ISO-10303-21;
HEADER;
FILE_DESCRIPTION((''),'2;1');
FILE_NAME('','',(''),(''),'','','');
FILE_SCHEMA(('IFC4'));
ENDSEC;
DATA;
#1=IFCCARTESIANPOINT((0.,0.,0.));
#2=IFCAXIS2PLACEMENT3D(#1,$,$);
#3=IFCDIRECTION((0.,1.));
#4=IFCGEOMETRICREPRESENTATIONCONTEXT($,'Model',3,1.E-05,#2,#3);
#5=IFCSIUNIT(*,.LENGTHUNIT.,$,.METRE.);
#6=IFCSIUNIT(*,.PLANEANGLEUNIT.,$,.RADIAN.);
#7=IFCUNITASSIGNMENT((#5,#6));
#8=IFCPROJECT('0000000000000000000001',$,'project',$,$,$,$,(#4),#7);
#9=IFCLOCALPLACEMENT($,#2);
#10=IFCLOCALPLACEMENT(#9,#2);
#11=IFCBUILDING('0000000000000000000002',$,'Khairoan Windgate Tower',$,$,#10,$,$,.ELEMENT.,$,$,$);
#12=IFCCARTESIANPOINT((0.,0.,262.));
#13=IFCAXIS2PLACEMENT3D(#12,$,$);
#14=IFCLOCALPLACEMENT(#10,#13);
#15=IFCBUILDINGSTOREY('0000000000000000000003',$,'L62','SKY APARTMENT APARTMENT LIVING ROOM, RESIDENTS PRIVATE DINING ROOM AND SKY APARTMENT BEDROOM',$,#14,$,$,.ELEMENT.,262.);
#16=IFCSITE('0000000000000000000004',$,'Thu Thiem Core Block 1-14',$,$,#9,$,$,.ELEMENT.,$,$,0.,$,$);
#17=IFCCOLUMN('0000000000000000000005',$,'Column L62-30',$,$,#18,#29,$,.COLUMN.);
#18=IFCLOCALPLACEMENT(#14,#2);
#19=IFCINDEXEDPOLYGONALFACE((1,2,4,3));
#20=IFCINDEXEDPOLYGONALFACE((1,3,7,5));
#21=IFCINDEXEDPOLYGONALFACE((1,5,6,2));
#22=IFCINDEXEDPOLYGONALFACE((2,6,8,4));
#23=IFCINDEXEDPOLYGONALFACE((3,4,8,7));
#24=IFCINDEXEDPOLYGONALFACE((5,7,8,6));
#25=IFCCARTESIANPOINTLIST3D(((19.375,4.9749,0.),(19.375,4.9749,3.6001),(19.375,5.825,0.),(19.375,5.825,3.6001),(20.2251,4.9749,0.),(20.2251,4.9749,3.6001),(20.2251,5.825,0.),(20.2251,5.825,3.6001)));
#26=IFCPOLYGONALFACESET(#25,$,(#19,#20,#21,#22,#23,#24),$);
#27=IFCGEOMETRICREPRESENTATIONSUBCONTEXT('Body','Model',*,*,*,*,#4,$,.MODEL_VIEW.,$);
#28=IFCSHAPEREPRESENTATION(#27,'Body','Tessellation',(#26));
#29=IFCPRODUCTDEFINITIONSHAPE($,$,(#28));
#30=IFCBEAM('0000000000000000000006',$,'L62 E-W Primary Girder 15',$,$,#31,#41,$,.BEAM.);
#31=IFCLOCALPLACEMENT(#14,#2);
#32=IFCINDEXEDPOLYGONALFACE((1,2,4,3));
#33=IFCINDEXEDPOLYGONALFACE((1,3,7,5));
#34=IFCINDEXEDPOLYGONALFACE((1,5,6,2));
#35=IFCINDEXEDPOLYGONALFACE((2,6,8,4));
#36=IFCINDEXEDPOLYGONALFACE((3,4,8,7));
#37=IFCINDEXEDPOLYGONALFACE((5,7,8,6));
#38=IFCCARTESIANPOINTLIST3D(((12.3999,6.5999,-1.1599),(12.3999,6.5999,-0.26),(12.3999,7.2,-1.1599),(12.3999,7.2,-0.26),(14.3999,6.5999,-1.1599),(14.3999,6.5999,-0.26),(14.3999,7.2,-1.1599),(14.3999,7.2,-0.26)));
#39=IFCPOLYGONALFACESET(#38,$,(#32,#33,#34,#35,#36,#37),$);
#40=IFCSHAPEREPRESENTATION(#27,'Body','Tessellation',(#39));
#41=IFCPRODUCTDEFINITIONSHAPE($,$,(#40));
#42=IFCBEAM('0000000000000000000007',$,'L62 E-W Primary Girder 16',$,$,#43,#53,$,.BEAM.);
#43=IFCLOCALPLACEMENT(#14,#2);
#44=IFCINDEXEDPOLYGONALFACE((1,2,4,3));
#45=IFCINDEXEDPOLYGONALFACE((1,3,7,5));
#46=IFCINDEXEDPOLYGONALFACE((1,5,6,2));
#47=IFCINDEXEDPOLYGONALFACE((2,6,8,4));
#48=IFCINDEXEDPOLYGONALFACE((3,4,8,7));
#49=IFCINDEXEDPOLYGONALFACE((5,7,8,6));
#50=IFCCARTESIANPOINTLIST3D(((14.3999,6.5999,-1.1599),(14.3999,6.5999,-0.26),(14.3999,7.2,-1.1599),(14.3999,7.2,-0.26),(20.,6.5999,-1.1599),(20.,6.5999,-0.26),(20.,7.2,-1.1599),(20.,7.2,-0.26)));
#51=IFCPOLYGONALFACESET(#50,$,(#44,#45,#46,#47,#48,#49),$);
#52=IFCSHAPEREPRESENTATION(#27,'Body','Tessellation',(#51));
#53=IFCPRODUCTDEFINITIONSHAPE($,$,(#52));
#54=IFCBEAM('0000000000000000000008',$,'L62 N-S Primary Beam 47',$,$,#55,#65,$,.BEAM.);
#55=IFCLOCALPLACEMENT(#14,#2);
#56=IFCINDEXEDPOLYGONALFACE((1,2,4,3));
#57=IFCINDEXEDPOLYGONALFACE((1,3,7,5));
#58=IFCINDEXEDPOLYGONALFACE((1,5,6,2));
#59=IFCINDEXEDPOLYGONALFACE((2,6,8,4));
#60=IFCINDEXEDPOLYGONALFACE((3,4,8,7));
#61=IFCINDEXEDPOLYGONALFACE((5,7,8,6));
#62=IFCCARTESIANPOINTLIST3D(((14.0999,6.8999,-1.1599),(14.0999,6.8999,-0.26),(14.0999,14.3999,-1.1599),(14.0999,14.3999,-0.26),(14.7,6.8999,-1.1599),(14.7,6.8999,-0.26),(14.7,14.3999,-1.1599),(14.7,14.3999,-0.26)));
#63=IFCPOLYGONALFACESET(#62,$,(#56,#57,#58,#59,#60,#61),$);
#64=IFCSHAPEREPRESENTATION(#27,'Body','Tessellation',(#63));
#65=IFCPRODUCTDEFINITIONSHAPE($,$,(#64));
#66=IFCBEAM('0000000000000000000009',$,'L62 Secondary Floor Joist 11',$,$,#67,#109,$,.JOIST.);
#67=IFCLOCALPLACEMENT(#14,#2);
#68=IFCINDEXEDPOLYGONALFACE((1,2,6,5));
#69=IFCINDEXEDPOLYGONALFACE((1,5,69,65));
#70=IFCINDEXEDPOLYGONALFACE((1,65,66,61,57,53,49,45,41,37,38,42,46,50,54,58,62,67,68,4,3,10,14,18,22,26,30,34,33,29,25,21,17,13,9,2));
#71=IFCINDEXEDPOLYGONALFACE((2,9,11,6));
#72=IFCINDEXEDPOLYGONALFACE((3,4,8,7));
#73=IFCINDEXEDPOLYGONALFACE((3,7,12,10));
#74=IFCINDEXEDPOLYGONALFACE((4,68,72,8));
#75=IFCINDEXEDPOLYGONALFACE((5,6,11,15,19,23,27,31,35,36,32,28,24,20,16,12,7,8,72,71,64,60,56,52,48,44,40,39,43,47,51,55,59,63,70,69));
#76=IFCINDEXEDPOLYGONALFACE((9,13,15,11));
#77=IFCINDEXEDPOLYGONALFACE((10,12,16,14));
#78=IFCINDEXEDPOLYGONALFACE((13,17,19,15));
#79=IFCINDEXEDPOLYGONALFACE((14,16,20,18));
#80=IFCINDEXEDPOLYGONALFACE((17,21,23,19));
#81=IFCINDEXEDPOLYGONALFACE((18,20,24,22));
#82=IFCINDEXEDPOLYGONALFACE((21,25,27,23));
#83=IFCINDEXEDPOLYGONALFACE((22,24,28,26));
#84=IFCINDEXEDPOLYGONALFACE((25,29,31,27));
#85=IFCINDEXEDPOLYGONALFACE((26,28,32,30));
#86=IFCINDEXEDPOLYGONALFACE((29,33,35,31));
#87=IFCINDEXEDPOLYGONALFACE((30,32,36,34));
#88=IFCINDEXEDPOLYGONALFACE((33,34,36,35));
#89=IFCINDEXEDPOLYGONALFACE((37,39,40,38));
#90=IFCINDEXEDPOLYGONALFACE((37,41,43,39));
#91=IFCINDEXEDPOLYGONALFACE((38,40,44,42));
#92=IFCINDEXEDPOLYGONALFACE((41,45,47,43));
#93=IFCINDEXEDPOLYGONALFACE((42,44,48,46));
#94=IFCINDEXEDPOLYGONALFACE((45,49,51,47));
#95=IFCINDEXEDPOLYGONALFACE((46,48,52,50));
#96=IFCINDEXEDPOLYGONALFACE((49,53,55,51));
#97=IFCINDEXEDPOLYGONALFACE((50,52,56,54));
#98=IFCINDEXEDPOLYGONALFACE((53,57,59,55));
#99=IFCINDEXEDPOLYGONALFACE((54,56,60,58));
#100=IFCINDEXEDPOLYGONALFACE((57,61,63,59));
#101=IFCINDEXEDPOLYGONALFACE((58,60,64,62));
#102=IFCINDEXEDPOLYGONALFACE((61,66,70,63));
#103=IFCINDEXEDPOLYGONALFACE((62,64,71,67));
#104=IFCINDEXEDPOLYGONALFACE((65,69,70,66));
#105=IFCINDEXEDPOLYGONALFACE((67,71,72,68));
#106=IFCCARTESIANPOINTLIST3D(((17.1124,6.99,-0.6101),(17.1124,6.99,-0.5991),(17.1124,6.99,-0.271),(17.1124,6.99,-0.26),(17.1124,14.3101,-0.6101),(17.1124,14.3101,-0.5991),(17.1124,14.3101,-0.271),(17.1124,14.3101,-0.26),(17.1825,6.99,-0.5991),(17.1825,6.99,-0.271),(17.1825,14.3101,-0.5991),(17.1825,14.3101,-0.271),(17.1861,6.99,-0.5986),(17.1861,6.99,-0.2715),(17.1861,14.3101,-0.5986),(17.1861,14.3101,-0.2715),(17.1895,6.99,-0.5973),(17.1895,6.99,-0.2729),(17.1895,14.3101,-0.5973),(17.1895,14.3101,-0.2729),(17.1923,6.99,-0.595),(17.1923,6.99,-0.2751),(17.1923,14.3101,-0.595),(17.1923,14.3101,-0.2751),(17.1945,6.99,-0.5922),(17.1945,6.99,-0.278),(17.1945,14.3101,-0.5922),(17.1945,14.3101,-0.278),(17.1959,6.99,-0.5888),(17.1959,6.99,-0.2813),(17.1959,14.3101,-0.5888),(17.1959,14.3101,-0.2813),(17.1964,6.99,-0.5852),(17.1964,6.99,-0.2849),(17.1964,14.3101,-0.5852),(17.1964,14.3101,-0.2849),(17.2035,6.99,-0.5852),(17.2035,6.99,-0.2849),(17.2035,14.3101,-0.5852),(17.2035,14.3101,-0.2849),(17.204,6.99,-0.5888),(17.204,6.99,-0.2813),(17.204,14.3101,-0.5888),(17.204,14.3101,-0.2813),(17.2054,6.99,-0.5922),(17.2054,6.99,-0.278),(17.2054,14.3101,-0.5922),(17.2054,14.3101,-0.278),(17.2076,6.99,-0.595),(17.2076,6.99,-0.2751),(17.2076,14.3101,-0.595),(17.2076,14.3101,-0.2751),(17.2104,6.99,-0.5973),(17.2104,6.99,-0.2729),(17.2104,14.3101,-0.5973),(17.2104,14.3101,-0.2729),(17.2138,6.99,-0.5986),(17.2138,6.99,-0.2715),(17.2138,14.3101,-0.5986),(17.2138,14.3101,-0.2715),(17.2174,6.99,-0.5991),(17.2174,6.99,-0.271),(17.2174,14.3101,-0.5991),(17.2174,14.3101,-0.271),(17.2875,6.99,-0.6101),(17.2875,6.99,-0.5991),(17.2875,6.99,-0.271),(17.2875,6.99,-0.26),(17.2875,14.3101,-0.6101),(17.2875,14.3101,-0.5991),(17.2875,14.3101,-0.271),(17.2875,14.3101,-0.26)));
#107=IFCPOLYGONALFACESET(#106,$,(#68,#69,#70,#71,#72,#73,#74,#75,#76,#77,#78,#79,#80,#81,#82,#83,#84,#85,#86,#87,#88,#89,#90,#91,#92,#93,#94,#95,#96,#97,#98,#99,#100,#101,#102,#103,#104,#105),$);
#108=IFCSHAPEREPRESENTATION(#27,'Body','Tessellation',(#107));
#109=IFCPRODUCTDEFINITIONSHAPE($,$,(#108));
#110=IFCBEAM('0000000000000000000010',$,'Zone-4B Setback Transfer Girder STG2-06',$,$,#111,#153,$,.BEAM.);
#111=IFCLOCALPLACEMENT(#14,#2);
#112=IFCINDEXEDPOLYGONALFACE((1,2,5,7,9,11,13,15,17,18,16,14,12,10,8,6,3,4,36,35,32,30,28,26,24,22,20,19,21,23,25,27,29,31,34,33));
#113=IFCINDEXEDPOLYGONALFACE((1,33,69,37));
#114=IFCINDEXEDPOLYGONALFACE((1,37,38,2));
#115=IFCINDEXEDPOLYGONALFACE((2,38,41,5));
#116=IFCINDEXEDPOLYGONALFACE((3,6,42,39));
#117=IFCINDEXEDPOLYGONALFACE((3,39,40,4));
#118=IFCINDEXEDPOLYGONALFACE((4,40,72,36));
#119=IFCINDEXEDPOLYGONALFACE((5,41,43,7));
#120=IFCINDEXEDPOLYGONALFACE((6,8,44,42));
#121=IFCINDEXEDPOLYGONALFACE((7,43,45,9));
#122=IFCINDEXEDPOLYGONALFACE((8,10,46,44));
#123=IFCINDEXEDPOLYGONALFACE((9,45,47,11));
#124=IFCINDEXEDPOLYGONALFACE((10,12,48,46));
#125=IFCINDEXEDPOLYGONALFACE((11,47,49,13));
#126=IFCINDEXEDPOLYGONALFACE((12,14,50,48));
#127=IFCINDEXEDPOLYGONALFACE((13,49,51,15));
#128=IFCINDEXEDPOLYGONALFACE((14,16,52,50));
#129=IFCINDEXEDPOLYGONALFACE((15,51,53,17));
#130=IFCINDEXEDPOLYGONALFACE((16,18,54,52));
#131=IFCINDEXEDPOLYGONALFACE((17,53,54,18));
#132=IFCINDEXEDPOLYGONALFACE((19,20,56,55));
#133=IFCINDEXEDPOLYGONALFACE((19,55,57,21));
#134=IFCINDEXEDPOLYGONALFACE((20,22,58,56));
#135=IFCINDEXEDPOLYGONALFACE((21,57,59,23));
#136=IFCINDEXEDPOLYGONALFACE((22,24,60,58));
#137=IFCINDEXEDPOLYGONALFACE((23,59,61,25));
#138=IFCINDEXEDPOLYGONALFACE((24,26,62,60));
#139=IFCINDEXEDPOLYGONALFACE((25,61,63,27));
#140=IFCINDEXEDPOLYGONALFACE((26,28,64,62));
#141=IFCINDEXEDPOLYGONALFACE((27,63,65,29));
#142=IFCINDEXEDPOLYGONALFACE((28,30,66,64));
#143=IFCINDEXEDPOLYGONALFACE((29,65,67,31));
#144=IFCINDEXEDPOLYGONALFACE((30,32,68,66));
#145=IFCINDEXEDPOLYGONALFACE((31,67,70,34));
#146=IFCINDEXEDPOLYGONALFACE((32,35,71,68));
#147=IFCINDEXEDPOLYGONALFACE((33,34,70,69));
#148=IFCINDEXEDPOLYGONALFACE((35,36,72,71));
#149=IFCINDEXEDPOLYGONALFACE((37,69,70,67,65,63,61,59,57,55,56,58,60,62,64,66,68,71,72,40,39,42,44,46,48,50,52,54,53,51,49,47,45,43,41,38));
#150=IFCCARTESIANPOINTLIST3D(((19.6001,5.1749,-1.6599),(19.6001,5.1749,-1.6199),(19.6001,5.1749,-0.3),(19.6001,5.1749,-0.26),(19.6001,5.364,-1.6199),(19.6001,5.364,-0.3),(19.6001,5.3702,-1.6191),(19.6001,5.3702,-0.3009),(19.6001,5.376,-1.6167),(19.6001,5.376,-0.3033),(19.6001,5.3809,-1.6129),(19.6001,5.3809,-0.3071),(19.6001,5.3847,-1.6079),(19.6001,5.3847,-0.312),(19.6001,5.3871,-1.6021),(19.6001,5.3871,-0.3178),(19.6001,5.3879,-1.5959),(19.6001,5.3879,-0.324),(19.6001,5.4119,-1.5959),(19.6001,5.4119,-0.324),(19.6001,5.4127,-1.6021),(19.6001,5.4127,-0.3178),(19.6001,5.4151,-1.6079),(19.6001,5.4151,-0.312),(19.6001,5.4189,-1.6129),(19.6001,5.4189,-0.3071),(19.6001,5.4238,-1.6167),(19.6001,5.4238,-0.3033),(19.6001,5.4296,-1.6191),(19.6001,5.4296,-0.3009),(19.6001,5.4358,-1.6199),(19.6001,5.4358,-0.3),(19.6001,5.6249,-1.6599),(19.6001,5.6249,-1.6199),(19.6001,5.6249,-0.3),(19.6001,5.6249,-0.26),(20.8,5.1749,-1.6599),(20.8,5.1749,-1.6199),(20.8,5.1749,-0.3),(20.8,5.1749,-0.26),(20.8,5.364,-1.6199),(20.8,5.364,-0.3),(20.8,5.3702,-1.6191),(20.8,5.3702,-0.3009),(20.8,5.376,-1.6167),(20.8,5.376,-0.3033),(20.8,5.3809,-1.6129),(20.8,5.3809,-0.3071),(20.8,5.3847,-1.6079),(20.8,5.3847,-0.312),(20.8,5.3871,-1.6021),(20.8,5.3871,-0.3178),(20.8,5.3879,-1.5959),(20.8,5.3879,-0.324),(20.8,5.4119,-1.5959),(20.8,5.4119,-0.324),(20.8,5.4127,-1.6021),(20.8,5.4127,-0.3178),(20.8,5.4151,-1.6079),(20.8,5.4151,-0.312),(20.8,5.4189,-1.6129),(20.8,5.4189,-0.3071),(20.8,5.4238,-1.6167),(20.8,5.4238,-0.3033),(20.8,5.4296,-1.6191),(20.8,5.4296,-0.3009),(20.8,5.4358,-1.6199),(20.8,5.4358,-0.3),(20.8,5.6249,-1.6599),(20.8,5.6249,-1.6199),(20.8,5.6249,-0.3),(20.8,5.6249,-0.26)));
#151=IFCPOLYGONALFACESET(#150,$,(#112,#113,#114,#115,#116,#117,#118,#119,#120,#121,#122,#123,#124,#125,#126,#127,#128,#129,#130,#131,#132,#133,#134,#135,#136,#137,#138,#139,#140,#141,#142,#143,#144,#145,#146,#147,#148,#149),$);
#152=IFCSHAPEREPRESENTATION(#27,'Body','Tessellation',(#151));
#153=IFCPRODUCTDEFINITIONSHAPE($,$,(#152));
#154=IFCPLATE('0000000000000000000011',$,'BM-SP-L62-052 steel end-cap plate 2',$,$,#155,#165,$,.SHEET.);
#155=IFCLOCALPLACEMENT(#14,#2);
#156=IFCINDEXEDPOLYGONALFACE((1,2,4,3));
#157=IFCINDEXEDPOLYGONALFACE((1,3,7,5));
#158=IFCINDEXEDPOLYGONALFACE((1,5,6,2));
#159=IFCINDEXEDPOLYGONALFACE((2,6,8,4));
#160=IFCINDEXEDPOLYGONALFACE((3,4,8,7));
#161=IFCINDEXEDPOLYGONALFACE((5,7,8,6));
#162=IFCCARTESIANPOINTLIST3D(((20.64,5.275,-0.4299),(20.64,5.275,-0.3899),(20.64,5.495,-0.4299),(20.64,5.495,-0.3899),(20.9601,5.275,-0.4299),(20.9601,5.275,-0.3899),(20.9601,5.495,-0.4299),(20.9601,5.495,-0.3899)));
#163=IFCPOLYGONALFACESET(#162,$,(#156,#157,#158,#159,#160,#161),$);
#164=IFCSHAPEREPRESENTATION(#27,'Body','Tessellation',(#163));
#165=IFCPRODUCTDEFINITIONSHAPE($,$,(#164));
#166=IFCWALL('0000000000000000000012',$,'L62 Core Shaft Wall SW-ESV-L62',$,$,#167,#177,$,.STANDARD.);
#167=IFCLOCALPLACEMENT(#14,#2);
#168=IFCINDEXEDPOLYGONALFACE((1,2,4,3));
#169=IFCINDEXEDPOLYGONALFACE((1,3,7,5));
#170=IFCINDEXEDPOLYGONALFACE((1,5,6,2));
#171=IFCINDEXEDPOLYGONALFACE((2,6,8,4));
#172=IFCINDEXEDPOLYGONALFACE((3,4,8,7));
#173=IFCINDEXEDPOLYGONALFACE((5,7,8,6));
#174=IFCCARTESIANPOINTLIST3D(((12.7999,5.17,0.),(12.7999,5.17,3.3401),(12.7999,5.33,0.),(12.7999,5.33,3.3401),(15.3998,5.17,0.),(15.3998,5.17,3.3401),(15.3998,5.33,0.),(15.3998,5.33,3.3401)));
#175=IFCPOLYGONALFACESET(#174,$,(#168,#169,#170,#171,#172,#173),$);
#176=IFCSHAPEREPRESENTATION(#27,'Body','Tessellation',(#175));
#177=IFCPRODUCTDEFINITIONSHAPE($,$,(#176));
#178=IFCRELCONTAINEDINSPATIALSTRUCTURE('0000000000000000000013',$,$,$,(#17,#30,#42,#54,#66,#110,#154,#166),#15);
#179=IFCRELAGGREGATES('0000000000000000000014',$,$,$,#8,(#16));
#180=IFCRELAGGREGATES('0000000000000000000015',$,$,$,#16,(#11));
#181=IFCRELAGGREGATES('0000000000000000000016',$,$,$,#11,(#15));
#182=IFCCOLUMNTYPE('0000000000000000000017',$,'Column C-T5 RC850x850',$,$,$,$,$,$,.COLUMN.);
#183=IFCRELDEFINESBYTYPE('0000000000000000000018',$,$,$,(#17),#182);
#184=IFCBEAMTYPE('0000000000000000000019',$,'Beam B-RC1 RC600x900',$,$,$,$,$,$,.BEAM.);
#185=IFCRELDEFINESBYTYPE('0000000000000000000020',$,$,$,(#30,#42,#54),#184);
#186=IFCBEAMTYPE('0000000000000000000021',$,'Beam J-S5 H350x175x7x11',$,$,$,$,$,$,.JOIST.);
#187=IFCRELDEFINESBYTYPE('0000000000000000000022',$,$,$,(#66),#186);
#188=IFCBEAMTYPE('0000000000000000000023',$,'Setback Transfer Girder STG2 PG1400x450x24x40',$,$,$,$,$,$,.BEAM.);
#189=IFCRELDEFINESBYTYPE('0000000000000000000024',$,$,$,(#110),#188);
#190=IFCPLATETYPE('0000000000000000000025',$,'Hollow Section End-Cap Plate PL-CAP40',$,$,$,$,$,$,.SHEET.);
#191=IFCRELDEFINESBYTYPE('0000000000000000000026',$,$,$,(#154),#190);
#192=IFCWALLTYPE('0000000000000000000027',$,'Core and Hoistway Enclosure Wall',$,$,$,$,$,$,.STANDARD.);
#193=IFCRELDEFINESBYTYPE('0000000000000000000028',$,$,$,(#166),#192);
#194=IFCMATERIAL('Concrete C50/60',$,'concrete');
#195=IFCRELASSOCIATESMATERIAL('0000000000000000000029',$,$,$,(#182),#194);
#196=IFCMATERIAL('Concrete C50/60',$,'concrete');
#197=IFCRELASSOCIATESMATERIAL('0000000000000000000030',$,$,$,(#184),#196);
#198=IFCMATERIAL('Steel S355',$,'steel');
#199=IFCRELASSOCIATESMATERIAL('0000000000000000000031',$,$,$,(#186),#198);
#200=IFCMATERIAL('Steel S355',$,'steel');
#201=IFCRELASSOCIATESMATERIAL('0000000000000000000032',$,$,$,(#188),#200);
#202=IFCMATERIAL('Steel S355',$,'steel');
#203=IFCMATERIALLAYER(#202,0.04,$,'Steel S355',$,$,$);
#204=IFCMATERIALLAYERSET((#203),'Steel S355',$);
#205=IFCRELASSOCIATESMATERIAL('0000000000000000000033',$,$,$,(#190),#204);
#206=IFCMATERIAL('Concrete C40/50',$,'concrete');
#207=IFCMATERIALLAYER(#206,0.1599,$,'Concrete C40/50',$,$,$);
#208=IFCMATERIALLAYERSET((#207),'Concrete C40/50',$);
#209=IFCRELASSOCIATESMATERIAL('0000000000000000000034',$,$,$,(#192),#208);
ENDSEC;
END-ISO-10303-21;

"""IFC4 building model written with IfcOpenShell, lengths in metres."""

from ifc_helpers import new_model, si_unit, direction, frame, frame_2d, origin, origin_2d, place, context, subcontext, project, spatial, rectangle, i_section, extrude, material, layer, layer_set, material_profile, profile_set, type_object, element, save


model = new_model("IFC4")

# Units and contexts
model_context = context("Model", 3, precision=1e-05, world=origin(), true_north=direction((0.0, 1.0)))
body_context = subcontext(model_context, "Body", "Model", "MODEL_VIEW")
ifc_project = project(units=[si_unit("LENGTHUNIT", "METRE"), si_unit("PLANEANGLEUNIT", "RADIAN")], contexts=[model_context])

# Site, building, storey
site_placement = place(None, origin())
site = spatial("IfcSite", under=ifc_project, at=site_placement, Name="Thu Thiem Core Block 1-14", CompositionType="ELEMENT", RefElevation=0.0)
building_placement = place(site_placement, origin())
building = spatial("IfcBuilding", under=site, at=building_placement, Name="Khairoan Windgate Tower", CompositionType="ELEMENT")
storey_placement = place(building_placement, frame((0.0, 0.0, 262.0)))
storey = spatial("IfcBuildingStorey", under=building, at=storey_placement, Name="L62", Description="SKY APARTMENT APARTMENT LIVING ROOM, RESIDENTS PRIVATE DINING ROOM AND SKY APARTMENT BEDROOM", CompositionType="ELEMENT", Elevation=262.0)

# Column
ifc_material_1 = material(Name="Concrete C50/60", Category="concrete")
ifc_material_profile_1 = material_profile(ifc_material_1, rectangle(XDim=0.8501, YDim=0.8501, at=origin_2d()))
ifc_profile_set_1 = profile_set([ifc_material_profile_1], Name="Concrete C50/60")
column_type = type_object("IfcColumnType", Name="Column C-T5 RC850x850", PredefinedType="COLUMN", material=ifc_profile_set_1)
column_placement = place(storey_placement, frame((19.8, 5.3999, 0.0), z_axis=(0.0, 0.0, 1.0), x_axis=(1.0, 0.0, 0.0)))
element("IfcColumn", 1, at=column_placement, inside=storey, type_object=column_type, Name="Column L62-30", PredefinedType="COLUMN", context=body_context, shape_type="SweptSolid", body=[
    extrude(rectangle(XDim=0.8501, YDim=0.8501, at=origin_2d()), origin(), (0.0, 0.0, 1.0), 3.6001),
])

# Beams
ifc_material_2 = material(Name="Concrete C50/60", Category="concrete")
ifc_material_profile_2 = material_profile(ifc_material_2, rectangle(XDim=0.6001, YDim=0.8999, at=origin_2d()))
ifc_profile_set_2 = profile_set([ifc_material_profile_2], Name="Concrete C50/60")
beam_type_1 = type_object("IfcBeamType", Name="Beam B-RC1 RC600x900", PredefinedType="BEAM", material=ifc_profile_set_2)
beam_1_placement = place(storey_placement, frame((12.3999, 6.8999, -0.71), z_axis=(1.0, 0.0, 0.0), x_axis=(0.0, 1.0, 0.0)))
element("IfcBeam", 2, at=beam_1_placement, inside=storey, type_object=beam_type_1, Name="L62 E-W Primary Girder 15", PredefinedType="BEAM", context=body_context, shape_type="SweptSolid", body=[
    extrude(rectangle(XDim=0.6001, YDim=0.8999, at=origin_2d()), origin(), (0.0, 0.0, 1.0), 2.0),
])
beam_2_placement = place(storey_placement, frame((14.3999, 6.8999, -0.71), z_axis=(1.0, 0.0, 0.0), x_axis=(0.0, 1.0, 0.0)))
element("IfcBeam", 3, at=beam_2_placement, inside=storey, type_object=beam_type_1, Name="L62 E-W Primary Girder 16", PredefinedType="BEAM", context=body_context, shape_type="SweptSolid", body=[
    extrude(rectangle(XDim=0.6001, YDim=0.8999, at=origin_2d()), origin(), (0.0, 0.0, 1.0), 5.6001),
])
beam_3_placement = place(storey_placement, frame((14.3999, 6.8999, -0.71), z_axis=(0.0, 1.0, 0.0), x_axis=(-1.0, 0.0, 0.0)))
element("IfcBeam", 4, at=beam_3_placement, inside=storey, type_object=beam_type_1, Name="L62 N-S Primary Beam 47", PredefinedType="BEAM", context=body_context, shape_type="SweptSolid", body=[
    extrude(rectangle(XDim=0.6001, YDim=0.8999, at=origin_2d()), origin(), (0.0, 0.0, 1.0), 7.5),
])
ifc_material_3 = material(Name="Steel S355", Category="steel")
ifc_material_profile_3 = material_profile(ifc_material_3, i_section(OverallWidth=0.175, OverallDepth=0.3501, WebThickness=0.0071, FlangeThickness=0.011, FilletRadius=0.0139, at=origin_2d()))
ifc_profile_set_3 = profile_set([ifc_material_profile_3], Name="Steel S355")
beam_type_2 = type_object("IfcBeamType", Name="Beam J-S5 H350x175x7x11", PredefinedType="JOIST", material=ifc_profile_set_3)
beam_4_placement = place(storey_placement, frame((17.2, 6.99, -0.4351), z_axis=(0.0, 1.0, 0.0), x_axis=(-1.0, 0.0, 0.0)))
element("IfcBeam", 5, at=beam_4_placement, inside=storey, type_object=beam_type_2, Name="L62 Secondary Floor Joist 11", PredefinedType="JOIST", context=body_context, shape_type="SweptSolid", body=[
    extrude(i_section(OverallWidth=0.175, OverallDepth=0.3501, WebThickness=0.0071, FlangeThickness=0.011, FilletRadius=0.0139, at=origin_2d()), origin(), (0.0, 0.0, 1.0), 7.3201),
])
ifc_material_4 = material(Name="Steel S355", Category="steel")
ifc_material_profile_4 = material_profile(ifc_material_4, i_section(OverallWidth=0.45, OverallDepth=1.3999, WebThickness=0.0239, FlangeThickness=0.04, FilletRadius=0.0239, at=origin_2d()))
ifc_profile_set_4 = profile_set([ifc_material_profile_4], Name="Steel S355")
beam_type_3 = type_object("IfcBeamType", Name="Setback Transfer Girder STG2 PG1400x450x24x40", PredefinedType="BEAM", material=ifc_profile_set_4)
beam_5_placement = place(storey_placement, frame((19.6001, 5.3999, -0.96), z_axis=(1.0, 0.0, 0.0), x_axis=(0.0, 1.0, 0.0)))
element("IfcBeam", 6, at=beam_5_placement, inside=storey, type_object=beam_type_3, Name="Zone-4B Setback Transfer Girder STG2-06", PredefinedType="BEAM", context=body_context, shape_type="SweptSolid", body=[
    extrude(i_section(OverallWidth=0.45, OverallDepth=1.3999, WebThickness=0.0239, FlangeThickness=0.04, FilletRadius=0.0239, at=origin_2d()), origin(), (0.0, 0.0, 1.0), 1.2),
])

# Plate
ifc_material_5 = material(Name="Steel S355", Category="steel")
ifc_layer_1 = layer(ifc_material_5, 0.04, Name="Steel S355")
ifc_layer_set_1 = layer_set([ifc_layer_1], Name="Steel S355")
plate_type = type_object("IfcPlateType", Name="Hollow Section End-Cap Plate PL-CAP40", PredefinedType="SHEET", material=ifc_layer_set_1)
plate_placement = place(storey_placement, frame((20.8, 5.385, -0.4299), z_axis=(0.0, 0.0, 1.0), x_axis=(0.0, 1.0, 0.0)))
element("IfcPlate", 7, at=plate_placement, inside=storey, type_object=plate_type, Name="BM-SP-L62-052 steel end-cap plate 2", PredefinedType="SHEET", context=body_context, shape_type="SweptSolid", body=[
    extrude(rectangle(XDim=0.22, YDim=0.3201, at=origin_2d()), origin(), (0.0, 0.0, 1.0), 0.04),
])

# Wall
ifc_material_6 = material(Name="Concrete C40/50", Category="concrete")
ifc_layer_2 = layer(ifc_material_6, 0.1599, Name="Concrete C40/50")
ifc_layer_set_2 = layer_set([ifc_layer_2], Name="Concrete C40/50")
wall_type_1 = type_object("IfcWallType", Name="Core and Hoistway Enclosure Wall", PredefinedType="STANDARD", material=ifc_layer_set_2)
wall_1_placement = place(storey_placement, frame((12.8, 5.25, 0.0), z_axis=(0.0, 0.0, 1.0), x_axis=(1.0, 0.0, 0.0)))
element("IfcWall", 8, at=wall_1_placement, inside=storey, type_object=wall_type_1, Name="L62 Core Shaft Wall SW-ESV-L62", PredefinedType="STANDARD", context=body_context, shape_type="SweptSolid", body=[
    extrude(rectangle(XDim=2.5999, YDim=0.1599, at=frame_2d((1.2998, 0.0))), origin(), (0.0, 0.0, 1.0), 3.3401),
])

save(model, "model.ifc")
